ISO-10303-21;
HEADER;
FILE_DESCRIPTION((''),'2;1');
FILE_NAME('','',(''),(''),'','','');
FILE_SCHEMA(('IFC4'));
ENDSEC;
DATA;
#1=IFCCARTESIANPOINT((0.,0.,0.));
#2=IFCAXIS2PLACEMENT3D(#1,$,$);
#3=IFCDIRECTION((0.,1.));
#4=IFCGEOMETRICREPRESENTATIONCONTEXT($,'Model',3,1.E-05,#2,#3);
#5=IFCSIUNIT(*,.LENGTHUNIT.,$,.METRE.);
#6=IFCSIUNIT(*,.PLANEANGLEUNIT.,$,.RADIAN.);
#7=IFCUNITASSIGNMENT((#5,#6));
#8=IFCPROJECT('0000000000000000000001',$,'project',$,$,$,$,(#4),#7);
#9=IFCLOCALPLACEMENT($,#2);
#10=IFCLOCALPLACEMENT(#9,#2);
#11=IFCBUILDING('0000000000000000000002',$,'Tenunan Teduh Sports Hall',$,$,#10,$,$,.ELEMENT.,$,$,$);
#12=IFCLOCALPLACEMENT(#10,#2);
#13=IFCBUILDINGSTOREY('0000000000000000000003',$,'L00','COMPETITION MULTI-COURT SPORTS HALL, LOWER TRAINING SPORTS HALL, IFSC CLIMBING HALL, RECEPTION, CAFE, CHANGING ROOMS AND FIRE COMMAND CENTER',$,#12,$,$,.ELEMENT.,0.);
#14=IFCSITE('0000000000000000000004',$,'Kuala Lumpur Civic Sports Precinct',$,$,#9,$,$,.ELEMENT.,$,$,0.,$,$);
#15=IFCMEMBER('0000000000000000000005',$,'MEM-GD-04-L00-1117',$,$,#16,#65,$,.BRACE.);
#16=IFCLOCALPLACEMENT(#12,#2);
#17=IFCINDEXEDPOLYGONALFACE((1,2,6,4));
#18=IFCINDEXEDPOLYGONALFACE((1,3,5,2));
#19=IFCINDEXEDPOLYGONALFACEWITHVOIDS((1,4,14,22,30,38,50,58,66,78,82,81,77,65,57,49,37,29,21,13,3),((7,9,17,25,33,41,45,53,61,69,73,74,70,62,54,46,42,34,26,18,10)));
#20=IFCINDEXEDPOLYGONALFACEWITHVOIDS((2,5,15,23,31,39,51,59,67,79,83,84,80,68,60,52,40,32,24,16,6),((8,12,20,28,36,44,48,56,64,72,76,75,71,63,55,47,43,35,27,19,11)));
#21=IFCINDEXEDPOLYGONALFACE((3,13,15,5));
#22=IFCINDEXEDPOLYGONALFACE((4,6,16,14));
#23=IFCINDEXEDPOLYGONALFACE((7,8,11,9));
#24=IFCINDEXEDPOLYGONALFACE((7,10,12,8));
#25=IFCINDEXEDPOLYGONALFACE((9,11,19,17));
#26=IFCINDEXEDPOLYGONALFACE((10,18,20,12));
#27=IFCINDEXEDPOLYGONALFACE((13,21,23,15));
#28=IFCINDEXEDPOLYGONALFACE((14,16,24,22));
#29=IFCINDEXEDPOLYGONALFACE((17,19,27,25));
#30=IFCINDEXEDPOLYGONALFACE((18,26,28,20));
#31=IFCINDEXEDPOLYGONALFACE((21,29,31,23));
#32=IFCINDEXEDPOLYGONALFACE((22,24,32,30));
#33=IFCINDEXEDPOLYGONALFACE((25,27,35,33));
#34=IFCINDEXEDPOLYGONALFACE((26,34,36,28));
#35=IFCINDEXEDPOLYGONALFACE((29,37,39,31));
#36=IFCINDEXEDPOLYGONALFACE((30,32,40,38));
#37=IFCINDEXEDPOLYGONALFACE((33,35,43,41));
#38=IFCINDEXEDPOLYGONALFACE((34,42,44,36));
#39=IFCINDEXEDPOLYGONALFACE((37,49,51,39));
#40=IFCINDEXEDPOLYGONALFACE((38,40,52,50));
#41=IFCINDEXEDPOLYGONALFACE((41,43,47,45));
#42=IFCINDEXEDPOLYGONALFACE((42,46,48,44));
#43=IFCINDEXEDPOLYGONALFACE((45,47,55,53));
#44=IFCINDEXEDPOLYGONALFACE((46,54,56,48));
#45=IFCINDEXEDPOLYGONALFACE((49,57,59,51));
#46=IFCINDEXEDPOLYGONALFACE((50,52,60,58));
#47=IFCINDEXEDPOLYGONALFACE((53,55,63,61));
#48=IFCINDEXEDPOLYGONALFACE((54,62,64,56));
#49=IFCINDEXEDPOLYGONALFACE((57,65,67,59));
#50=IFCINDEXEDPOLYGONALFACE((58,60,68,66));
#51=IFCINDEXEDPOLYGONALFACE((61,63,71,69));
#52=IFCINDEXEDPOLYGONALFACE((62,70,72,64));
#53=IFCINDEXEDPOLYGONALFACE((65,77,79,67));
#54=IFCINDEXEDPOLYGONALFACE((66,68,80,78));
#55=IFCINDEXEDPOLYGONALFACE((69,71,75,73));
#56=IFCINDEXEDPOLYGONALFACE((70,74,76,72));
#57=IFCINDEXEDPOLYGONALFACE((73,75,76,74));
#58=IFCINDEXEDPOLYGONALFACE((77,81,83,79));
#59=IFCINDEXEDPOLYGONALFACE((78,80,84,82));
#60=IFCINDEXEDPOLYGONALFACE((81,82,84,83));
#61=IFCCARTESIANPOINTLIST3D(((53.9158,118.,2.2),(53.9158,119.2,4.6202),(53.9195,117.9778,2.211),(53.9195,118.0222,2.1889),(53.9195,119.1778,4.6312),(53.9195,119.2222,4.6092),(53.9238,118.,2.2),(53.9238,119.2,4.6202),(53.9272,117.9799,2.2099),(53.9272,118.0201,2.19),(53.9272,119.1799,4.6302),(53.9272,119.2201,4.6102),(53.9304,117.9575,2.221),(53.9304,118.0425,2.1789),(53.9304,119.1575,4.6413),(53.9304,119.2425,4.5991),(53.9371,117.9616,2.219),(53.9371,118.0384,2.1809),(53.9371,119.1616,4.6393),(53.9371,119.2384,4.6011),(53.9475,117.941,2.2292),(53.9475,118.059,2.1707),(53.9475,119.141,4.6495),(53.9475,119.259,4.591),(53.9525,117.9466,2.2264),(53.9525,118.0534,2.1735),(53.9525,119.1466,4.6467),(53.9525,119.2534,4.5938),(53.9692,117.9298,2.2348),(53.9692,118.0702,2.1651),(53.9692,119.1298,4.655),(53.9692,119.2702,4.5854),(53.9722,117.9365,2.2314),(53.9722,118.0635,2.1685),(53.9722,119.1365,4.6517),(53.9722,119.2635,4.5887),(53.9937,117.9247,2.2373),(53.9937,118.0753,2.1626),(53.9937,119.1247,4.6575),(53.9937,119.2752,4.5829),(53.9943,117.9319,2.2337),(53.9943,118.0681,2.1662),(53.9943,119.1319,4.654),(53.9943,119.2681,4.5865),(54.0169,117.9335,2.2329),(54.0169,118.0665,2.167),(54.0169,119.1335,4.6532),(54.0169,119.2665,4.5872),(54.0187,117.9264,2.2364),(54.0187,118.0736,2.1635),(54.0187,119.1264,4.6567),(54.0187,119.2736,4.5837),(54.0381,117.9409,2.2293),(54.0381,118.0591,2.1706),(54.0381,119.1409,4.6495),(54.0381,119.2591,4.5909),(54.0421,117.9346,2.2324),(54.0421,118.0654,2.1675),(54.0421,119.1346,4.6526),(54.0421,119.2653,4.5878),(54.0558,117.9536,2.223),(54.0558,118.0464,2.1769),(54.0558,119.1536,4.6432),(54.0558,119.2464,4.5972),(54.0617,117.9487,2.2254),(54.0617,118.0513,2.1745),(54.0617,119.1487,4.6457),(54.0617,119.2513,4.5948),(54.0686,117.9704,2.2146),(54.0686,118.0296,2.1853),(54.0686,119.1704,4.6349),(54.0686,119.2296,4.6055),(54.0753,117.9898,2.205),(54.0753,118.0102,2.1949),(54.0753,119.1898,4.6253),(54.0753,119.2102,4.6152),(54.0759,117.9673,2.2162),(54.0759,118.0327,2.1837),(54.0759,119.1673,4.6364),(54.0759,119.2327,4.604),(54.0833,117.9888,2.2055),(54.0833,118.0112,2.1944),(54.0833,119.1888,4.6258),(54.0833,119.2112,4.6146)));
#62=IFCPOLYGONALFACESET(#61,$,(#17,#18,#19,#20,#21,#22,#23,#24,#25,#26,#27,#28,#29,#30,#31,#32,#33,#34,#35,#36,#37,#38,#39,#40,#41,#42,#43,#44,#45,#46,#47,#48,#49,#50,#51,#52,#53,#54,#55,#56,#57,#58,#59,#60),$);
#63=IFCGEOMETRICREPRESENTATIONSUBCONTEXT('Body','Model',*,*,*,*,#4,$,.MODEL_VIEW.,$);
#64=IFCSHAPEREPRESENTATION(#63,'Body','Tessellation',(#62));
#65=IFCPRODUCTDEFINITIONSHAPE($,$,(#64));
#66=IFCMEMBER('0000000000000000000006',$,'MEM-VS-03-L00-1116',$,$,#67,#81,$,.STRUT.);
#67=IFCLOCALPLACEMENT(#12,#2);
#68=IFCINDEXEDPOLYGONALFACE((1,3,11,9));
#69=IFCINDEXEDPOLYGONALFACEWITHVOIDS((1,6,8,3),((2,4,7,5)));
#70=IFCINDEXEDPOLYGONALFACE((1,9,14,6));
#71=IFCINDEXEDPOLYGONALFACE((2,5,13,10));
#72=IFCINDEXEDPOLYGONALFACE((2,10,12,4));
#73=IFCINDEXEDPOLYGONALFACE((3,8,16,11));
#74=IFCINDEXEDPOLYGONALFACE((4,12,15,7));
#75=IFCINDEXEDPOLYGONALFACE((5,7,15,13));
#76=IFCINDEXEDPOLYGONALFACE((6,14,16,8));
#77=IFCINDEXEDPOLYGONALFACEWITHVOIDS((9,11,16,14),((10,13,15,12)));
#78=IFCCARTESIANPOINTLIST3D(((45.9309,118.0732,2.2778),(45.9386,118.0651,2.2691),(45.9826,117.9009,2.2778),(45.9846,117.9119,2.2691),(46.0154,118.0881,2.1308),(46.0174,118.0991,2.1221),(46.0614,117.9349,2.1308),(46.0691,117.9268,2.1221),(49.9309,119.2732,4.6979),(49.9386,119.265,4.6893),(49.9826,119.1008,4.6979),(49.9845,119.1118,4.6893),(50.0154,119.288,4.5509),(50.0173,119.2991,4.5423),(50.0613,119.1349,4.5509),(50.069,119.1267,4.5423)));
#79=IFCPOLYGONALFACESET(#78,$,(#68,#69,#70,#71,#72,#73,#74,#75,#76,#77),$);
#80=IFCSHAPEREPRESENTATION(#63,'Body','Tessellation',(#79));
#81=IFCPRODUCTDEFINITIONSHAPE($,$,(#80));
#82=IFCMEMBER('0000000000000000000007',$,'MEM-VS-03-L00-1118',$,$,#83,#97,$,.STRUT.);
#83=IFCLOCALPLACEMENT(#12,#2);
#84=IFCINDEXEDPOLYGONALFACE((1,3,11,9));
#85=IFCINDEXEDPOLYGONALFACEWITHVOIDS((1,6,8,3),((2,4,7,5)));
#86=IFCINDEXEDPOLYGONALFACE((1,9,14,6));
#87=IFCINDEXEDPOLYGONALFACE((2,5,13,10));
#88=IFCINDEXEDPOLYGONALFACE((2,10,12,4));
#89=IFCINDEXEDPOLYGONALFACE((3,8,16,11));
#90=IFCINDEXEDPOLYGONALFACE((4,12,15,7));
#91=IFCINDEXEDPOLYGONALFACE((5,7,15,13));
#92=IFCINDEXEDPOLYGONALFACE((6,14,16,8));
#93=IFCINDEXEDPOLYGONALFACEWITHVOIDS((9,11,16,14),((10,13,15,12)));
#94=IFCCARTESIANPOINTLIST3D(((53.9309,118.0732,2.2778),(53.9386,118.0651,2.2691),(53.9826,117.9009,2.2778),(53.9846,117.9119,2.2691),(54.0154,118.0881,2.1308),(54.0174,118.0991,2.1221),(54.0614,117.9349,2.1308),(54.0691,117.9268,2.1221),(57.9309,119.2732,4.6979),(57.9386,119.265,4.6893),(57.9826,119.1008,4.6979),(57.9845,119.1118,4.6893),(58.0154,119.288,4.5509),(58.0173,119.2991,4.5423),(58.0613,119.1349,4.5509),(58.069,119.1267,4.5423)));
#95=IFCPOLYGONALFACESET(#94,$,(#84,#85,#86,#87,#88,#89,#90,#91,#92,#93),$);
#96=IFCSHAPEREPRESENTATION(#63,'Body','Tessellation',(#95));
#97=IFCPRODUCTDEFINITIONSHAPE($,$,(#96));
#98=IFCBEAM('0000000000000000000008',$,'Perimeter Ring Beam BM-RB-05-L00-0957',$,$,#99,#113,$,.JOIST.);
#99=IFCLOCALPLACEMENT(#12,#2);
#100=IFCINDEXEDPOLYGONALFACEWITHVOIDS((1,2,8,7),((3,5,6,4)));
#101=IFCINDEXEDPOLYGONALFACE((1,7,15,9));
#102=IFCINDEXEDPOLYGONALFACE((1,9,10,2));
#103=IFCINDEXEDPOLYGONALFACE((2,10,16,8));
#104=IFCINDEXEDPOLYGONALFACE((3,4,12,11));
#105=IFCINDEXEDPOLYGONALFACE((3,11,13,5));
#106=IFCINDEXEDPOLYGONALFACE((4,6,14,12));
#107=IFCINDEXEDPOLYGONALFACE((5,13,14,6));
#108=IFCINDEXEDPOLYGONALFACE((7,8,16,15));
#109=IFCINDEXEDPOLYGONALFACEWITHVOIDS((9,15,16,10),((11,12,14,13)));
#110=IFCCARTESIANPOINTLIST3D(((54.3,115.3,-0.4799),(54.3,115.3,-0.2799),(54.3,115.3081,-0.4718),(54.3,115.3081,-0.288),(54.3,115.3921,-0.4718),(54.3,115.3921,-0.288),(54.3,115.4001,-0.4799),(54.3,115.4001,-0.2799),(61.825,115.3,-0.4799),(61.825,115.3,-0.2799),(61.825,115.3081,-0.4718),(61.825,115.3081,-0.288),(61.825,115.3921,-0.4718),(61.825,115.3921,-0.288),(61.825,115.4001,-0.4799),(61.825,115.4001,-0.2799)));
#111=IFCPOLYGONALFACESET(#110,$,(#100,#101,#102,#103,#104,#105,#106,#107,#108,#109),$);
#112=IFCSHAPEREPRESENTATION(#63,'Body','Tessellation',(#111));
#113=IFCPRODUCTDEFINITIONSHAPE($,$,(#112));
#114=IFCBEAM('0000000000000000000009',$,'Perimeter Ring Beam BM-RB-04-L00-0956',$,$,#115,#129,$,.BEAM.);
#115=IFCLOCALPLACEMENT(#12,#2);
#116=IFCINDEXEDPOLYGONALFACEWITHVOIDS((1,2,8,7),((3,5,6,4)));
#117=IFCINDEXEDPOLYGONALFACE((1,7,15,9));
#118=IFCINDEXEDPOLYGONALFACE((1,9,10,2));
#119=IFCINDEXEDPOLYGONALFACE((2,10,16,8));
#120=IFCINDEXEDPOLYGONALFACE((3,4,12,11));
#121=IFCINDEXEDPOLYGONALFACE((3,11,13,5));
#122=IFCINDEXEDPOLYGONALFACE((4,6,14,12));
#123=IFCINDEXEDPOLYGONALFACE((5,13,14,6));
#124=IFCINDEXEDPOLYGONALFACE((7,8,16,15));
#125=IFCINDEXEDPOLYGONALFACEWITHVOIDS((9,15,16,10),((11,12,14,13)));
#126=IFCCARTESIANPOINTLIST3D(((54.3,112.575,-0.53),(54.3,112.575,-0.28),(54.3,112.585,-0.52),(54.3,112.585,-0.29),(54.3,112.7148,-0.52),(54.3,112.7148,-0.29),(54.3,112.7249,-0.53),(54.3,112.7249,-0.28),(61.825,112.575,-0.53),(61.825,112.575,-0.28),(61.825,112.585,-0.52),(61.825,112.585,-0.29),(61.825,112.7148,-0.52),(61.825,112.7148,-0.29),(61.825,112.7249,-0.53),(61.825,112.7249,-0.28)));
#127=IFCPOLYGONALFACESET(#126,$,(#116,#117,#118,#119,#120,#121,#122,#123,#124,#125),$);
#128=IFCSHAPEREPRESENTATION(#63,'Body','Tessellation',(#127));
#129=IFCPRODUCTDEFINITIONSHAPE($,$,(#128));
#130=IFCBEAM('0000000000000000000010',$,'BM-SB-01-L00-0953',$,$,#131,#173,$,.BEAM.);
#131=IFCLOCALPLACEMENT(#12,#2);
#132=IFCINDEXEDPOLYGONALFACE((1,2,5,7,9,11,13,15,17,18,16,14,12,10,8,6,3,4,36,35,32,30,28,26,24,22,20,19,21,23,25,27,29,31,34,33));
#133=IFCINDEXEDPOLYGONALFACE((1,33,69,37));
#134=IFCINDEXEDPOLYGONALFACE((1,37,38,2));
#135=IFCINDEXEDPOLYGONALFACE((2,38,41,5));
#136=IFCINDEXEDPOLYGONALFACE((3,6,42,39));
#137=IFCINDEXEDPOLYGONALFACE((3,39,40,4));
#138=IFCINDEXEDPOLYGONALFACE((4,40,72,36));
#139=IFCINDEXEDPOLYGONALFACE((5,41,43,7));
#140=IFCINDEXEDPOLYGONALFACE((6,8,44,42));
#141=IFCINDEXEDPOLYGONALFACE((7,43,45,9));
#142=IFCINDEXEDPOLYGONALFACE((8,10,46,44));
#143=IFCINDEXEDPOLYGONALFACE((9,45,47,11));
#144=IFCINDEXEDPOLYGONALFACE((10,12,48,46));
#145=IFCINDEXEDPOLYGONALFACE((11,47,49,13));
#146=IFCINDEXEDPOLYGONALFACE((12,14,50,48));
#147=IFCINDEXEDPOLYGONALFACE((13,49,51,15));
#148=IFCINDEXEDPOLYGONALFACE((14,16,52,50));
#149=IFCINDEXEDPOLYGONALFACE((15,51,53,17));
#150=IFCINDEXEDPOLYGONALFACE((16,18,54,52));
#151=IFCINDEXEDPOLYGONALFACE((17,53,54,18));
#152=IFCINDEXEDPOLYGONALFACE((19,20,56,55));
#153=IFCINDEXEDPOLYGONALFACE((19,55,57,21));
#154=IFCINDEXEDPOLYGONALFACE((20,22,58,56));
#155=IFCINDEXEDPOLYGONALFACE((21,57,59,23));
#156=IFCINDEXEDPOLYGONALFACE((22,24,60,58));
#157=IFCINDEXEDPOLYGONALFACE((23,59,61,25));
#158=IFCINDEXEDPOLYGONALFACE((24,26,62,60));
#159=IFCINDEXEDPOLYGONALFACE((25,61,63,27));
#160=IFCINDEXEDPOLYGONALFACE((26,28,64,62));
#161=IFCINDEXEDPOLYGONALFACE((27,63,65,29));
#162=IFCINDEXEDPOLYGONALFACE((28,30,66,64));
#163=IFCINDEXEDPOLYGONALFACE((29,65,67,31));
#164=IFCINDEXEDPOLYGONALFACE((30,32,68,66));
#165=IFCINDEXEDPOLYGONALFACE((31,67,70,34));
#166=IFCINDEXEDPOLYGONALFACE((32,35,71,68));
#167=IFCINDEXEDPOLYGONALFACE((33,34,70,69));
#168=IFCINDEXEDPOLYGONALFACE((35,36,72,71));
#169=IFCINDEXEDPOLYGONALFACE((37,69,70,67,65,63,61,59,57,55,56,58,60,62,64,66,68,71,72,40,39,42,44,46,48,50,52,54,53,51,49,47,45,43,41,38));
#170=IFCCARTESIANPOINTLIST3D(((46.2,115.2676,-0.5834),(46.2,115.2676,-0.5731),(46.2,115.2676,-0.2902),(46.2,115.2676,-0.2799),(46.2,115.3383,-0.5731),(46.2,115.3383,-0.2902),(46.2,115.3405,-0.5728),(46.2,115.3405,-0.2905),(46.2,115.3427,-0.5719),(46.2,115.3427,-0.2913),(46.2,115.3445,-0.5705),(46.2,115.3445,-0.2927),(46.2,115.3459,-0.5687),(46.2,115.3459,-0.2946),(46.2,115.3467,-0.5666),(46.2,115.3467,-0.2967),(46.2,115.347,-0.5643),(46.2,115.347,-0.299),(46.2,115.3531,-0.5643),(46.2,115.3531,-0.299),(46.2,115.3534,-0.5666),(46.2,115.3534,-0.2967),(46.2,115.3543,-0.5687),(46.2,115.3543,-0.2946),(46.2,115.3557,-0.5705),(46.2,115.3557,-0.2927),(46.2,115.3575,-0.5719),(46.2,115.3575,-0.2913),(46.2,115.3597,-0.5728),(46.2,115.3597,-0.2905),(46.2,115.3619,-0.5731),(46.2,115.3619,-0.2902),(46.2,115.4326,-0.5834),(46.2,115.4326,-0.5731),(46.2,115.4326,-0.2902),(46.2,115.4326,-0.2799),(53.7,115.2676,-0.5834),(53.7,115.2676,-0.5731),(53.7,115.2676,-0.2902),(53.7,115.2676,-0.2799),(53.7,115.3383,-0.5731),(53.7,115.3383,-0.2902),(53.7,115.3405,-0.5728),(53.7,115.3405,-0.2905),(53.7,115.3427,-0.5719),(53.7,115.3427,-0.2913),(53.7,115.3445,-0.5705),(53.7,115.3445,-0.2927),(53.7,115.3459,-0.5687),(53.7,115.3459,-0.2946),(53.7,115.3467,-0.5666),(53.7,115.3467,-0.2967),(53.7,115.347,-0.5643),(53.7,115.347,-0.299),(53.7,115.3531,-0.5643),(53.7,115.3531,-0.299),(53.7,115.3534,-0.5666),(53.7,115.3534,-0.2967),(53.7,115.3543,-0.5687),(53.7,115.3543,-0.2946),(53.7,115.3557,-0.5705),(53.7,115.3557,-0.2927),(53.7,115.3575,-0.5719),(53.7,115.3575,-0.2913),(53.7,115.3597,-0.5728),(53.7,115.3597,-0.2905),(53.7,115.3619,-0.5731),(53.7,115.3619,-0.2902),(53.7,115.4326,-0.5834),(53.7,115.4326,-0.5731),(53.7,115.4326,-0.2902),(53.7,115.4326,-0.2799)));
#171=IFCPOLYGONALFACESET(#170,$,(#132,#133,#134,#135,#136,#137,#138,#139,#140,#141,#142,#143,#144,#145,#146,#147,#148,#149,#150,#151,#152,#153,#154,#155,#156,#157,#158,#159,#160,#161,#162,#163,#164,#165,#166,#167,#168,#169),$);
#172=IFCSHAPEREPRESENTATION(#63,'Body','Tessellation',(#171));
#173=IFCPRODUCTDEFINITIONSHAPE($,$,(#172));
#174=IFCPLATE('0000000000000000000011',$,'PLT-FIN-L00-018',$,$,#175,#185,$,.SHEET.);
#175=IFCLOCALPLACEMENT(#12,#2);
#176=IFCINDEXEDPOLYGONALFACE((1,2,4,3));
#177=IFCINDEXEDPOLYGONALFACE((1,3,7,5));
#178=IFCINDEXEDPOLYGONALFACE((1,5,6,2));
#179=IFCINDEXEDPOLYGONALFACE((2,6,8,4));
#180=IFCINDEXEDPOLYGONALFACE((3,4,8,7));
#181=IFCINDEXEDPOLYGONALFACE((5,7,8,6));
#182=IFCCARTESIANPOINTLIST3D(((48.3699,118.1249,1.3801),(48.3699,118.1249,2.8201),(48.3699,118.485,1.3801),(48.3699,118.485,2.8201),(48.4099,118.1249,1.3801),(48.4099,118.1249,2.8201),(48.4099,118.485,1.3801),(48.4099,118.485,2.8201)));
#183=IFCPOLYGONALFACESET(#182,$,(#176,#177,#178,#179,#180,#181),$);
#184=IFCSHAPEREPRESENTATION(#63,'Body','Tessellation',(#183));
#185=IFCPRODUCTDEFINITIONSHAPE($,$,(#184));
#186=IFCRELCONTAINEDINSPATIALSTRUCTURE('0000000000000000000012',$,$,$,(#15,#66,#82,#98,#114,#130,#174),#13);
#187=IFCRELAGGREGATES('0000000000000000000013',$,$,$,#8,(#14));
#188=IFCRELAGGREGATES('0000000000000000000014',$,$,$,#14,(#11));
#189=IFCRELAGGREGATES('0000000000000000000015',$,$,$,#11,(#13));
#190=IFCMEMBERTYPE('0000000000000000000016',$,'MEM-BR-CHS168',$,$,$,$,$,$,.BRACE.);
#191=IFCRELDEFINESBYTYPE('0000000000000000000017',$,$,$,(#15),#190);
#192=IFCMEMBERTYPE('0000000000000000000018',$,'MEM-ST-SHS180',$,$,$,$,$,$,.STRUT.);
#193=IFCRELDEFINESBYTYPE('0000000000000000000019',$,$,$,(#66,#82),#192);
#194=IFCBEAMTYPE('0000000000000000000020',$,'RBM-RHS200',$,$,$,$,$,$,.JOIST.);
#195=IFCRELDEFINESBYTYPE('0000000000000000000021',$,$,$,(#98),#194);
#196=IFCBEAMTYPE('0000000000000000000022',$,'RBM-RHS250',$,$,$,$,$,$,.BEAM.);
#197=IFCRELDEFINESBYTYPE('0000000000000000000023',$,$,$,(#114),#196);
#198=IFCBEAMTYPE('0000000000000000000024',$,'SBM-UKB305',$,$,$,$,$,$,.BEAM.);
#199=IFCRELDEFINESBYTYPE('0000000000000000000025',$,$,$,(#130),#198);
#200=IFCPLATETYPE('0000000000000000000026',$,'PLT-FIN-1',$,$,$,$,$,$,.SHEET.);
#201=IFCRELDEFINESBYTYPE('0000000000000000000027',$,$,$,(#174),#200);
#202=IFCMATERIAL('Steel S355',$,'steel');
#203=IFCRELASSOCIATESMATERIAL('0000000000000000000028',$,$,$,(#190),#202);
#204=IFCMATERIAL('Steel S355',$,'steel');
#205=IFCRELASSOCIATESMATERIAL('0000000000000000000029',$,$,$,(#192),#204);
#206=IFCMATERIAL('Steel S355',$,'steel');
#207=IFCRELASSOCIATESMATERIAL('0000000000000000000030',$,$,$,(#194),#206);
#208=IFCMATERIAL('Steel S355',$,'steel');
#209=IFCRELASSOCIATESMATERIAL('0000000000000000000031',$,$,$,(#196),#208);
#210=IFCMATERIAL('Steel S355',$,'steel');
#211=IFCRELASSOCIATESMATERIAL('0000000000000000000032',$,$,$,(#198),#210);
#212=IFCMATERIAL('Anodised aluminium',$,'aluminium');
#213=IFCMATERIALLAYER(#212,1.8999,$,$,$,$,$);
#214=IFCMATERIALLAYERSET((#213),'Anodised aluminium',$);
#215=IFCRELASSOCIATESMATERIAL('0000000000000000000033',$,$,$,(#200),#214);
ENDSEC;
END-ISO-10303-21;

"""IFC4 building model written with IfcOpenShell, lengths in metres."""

from ifc_helpers import new_model, si_unit, direction, frame, origin, origin_2d, place, context, subcontext, project, spatial, rectangle, hollow_rectangle, hollow_circle, i_section, extrude, material, layer, layer_set, material_profile, profile_set, type_object, element, save


model = new_model("IFC4")

# Units and contexts
model_context = context("Model", 3, precision=1e-05, world=origin(), true_north=direction((0.0, 1.0)))
body_context = subcontext(model_context, "Body", "Model", "MODEL_VIEW")
ifc_project = project(units=[si_unit("LENGTHUNIT", "METRE"), si_unit("PLANEANGLEUNIT", "RADIAN")], contexts=[model_context])

# Site, building, storey
site_placement = place(None, origin())
site = spatial("IfcSite", under=ifc_project, at=site_placement, Name="Kuala Lumpur Civic Sports Precinct", CompositionType="ELEMENT", RefElevation=0.0)
building_placement = place(site_placement, origin())
building = spatial("IfcBuilding", under=site, at=building_placement, Name="Tenunan Teduh Sports Hall", CompositionType="ELEMENT")
storey_placement = place(building_placement, origin())
storey = spatial("IfcBuildingStorey", under=building, at=storey_placement, Name="L00", Description="COMPETITION MULTI-COURT SPORTS HALL, LOWER TRAINING SPORTS HALL, IFSC CLIMBING HALL, RECEPTION, CAFE, CHANGING ROOMS AND FIRE COMMAND CENTER", CompositionType="ELEMENT", Elevation=0.0)

# Members
ifc_material_1 = material(Name="Steel S355", Category="steel")
ifc_material_profile_1 = material_profile(ifc_material_1, hollow_circle(Radius=0.0842, WallThickness=0.0081, at=origin_2d()), Name="CHS 168.3x8.0")
ifc_profile_set_1 = profile_set([ifc_material_profile_1], Name="Steel S355")
member_type_1 = type_object("IfcMemberType", Name="MEM-BR-CHS168", PredefinedType="BRACE", material=ifc_profile_set_1)
for number, where, z_axis, x_axis, name in (
    (1, (54.0, 118.0, 2.2), (0.0, 0.444211, 0.895922), (-1.0, 0.0, 0.0), "MEM-GD-04-L00-1117"),
):
    element("IfcMember", number, at=place(storey_placement, frame(where, z_axis=z_axis, x_axis=x_axis)), inside=storey, type_object=member_type_1, Name=name, PredefinedType="BRACE", context=body_context, shape_type="SweptSolid", body=[
        extrude(hollow_circle(Radius=0.0842, WallThickness=0.0081, at=origin_2d()), origin(), (0.0, 0.0, 1.0), 2.7014),
    ])
ifc_material_2 = material(Name="Steel S355", Category="steel")
ifc_material_profile_2 = material_profile(ifc_material_2, hollow_rectangle(XDim=0.1799, YDim=0.1799, WallThickness=0.01, at=origin_2d()), Name="SHS 180x180x10.0")
ifc_profile_set_2 = profile_set([ifc_material_profile_2], Name="Steel S355")
member_type_2 = type_object("IfcMemberType", Name="MEM-ST-SHS180", PredefinedType="STRUT", material=ifc_profile_set_2)
for number, where, z_axis, x_axis, name in (
    (2, (46.0, 118.0, 2.2), (0.828723, 0.248607, 0.501412), (-0.287337, 0.95783, 0.0), "MEM-VS-03-L00-1116"),
    (3, (54.0, 118.0, 2.2), (0.828723, 0.248607, 0.501412), (-0.287337, 0.95783, 0.0), "MEM-VS-03-L00-1118"),
):
    element("IfcMember", number, at=place(storey_placement, frame(where, z_axis=z_axis, x_axis=x_axis)), inside=storey, type_object=member_type_2, Name=name, PredefinedType="STRUT", context=body_context, shape_type="SweptSolid", body=[
        extrude(hollow_rectangle(XDim=0.1799, YDim=0.1799, WallThickness=0.01, at=origin_2d()), origin(), (0.0, 0.0, 1.0), 4.8267),
    ])

# Beams
ifc_material_3 = material(Name="Steel S355", Category="steel")
ifc_material_profile_3 = material_profile(ifc_material_3, hollow_rectangle(XDim=0.1001, YDim=0.2, WallThickness=0.0081, at=origin_2d()), Name="RHS 200x100x8.0")
ifc_profile_set_3 = profile_set([ifc_material_profile_3], Name="Steel S355")
beam_type_1 = type_object("IfcBeamType", Name="RBM-RHS200", PredefinedType="JOIST", material=ifc_profile_set_3)
beam_1_placement = place(storey_placement, frame((54.3, 115.3501, -0.3799), z_axis=(1.0, 0.0, 0.0), x_axis=(0.0, 1.0, 0.0)))
element("IfcBeam", 4, at=beam_1_placement, inside=storey, type_object=beam_type_1, Name="Perimeter Ring Beam BM-RB-05-L00-0957", PredefinedType="JOIST", context=body_context, shape_type="SweptSolid", body=[
    extrude(hollow_rectangle(XDim=0.1001, YDim=0.2, WallThickness=0.0081, at=origin_2d()), origin(), (0.0, 0.0, 1.0), 7.5249),
])
ifc_material_4 = material(Name="Steel S355", Category="steel")
ifc_material_profile_4 = material_profile(ifc_material_4, hollow_rectangle(XDim=0.1499, YDim=0.25, WallThickness=0.01, at=origin_2d()), Name="RHS 250x150x10.0")
ifc_profile_set_4 = profile_set([ifc_material_profile_4], Name="Steel S355")
beam_type_2 = type_object("IfcBeamType", Name="RBM-RHS250", PredefinedType="BEAM", material=ifc_profile_set_4)
beam_2_placement = place(storey_placement, frame((54.3, 112.6499, -0.405), z_axis=(1.0, 0.0, 0.0), x_axis=(0.0, 1.0, 0.0)))
element("IfcBeam", 5, at=beam_2_placement, inside=storey, type_object=beam_type_2, Name="Perimeter Ring Beam BM-RB-04-L00-0956", PredefinedType="BEAM", context=body_context, shape_type="SweptSolid", body=[
    extrude(hollow_rectangle(XDim=0.1499, YDim=0.25, WallThickness=0.01, at=origin_2d()), origin(), (0.0, 0.0, 1.0), 7.5249),
])
ifc_material_5 = material(Name="Steel S355", Category="steel")
ifc_material_profile_5 = material_profile(ifc_material_5, i_section(OverallWidth=0.165, OverallDepth=0.3035, WebThickness=0.0061, FlangeThickness=0.0103, FilletRadius=0.0088, at=origin_2d()), Name="UKB 305x165x40")
ifc_profile_set_5 = profile_set([ifc_material_profile_5], Name="Steel S355")
beam_type_3 = type_object("IfcBeamType", Name="SBM-UKB305", PredefinedType="BEAM", material=ifc_profile_set_5)
beam_3_placement = place(storey_placement, frame((46.2, 115.3501, -0.4316), z_axis=(1.0, 0.0, 0.0), x_axis=(0.0, 1.0, 0.0)))
element("IfcBeam", 6, at=beam_3_placement, inside=storey, type_object=beam_type_3, Name="BM-SB-01-L00-0953", PredefinedType="BEAM", context=body_context, shape_type="SweptSolid", body=[
    extrude(i_section(OverallWidth=0.165, OverallDepth=0.3035, WebThickness=0.0061, FlangeThickness=0.0103, FilletRadius=0.0088, at=origin_2d()), origin(), (0.0, 0.0, 1.0), 7.5),
])

# Plate
ifc_material_6 = material(Name="Anodised aluminium", Category="aluminium")
ifc_layer_1 = layer(ifc_material_6, 1.8999)
ifc_layer_set_1 = layer_set([ifc_layer_1], Name="Anodised aluminium")
plate_type = type_object("IfcPlateType", Name="PLT-FIN-1", PredefinedType="SHEET", material=ifc_layer_set_1)
plate_placement = place(storey_placement, frame((48.3899, 118.3049, 1.3801), z_axis=(0.0, 0.0, 1.0), x_axis=(1.0, 0.0, 0.0)))
element("IfcPlate", 7, at=plate_placement, inside=storey, type_object=plate_type, Name="PLT-FIN-L00-018", PredefinedType="SHEET", context=body_context, shape_type="SweptSolid", body=[
    extrude(rectangle(XDim=0.04, YDim=0.3601, at=origin_2d()), origin(), (0.0, 0.0, 1.0), 1.4399),
])

save(model, "model.ifc")
